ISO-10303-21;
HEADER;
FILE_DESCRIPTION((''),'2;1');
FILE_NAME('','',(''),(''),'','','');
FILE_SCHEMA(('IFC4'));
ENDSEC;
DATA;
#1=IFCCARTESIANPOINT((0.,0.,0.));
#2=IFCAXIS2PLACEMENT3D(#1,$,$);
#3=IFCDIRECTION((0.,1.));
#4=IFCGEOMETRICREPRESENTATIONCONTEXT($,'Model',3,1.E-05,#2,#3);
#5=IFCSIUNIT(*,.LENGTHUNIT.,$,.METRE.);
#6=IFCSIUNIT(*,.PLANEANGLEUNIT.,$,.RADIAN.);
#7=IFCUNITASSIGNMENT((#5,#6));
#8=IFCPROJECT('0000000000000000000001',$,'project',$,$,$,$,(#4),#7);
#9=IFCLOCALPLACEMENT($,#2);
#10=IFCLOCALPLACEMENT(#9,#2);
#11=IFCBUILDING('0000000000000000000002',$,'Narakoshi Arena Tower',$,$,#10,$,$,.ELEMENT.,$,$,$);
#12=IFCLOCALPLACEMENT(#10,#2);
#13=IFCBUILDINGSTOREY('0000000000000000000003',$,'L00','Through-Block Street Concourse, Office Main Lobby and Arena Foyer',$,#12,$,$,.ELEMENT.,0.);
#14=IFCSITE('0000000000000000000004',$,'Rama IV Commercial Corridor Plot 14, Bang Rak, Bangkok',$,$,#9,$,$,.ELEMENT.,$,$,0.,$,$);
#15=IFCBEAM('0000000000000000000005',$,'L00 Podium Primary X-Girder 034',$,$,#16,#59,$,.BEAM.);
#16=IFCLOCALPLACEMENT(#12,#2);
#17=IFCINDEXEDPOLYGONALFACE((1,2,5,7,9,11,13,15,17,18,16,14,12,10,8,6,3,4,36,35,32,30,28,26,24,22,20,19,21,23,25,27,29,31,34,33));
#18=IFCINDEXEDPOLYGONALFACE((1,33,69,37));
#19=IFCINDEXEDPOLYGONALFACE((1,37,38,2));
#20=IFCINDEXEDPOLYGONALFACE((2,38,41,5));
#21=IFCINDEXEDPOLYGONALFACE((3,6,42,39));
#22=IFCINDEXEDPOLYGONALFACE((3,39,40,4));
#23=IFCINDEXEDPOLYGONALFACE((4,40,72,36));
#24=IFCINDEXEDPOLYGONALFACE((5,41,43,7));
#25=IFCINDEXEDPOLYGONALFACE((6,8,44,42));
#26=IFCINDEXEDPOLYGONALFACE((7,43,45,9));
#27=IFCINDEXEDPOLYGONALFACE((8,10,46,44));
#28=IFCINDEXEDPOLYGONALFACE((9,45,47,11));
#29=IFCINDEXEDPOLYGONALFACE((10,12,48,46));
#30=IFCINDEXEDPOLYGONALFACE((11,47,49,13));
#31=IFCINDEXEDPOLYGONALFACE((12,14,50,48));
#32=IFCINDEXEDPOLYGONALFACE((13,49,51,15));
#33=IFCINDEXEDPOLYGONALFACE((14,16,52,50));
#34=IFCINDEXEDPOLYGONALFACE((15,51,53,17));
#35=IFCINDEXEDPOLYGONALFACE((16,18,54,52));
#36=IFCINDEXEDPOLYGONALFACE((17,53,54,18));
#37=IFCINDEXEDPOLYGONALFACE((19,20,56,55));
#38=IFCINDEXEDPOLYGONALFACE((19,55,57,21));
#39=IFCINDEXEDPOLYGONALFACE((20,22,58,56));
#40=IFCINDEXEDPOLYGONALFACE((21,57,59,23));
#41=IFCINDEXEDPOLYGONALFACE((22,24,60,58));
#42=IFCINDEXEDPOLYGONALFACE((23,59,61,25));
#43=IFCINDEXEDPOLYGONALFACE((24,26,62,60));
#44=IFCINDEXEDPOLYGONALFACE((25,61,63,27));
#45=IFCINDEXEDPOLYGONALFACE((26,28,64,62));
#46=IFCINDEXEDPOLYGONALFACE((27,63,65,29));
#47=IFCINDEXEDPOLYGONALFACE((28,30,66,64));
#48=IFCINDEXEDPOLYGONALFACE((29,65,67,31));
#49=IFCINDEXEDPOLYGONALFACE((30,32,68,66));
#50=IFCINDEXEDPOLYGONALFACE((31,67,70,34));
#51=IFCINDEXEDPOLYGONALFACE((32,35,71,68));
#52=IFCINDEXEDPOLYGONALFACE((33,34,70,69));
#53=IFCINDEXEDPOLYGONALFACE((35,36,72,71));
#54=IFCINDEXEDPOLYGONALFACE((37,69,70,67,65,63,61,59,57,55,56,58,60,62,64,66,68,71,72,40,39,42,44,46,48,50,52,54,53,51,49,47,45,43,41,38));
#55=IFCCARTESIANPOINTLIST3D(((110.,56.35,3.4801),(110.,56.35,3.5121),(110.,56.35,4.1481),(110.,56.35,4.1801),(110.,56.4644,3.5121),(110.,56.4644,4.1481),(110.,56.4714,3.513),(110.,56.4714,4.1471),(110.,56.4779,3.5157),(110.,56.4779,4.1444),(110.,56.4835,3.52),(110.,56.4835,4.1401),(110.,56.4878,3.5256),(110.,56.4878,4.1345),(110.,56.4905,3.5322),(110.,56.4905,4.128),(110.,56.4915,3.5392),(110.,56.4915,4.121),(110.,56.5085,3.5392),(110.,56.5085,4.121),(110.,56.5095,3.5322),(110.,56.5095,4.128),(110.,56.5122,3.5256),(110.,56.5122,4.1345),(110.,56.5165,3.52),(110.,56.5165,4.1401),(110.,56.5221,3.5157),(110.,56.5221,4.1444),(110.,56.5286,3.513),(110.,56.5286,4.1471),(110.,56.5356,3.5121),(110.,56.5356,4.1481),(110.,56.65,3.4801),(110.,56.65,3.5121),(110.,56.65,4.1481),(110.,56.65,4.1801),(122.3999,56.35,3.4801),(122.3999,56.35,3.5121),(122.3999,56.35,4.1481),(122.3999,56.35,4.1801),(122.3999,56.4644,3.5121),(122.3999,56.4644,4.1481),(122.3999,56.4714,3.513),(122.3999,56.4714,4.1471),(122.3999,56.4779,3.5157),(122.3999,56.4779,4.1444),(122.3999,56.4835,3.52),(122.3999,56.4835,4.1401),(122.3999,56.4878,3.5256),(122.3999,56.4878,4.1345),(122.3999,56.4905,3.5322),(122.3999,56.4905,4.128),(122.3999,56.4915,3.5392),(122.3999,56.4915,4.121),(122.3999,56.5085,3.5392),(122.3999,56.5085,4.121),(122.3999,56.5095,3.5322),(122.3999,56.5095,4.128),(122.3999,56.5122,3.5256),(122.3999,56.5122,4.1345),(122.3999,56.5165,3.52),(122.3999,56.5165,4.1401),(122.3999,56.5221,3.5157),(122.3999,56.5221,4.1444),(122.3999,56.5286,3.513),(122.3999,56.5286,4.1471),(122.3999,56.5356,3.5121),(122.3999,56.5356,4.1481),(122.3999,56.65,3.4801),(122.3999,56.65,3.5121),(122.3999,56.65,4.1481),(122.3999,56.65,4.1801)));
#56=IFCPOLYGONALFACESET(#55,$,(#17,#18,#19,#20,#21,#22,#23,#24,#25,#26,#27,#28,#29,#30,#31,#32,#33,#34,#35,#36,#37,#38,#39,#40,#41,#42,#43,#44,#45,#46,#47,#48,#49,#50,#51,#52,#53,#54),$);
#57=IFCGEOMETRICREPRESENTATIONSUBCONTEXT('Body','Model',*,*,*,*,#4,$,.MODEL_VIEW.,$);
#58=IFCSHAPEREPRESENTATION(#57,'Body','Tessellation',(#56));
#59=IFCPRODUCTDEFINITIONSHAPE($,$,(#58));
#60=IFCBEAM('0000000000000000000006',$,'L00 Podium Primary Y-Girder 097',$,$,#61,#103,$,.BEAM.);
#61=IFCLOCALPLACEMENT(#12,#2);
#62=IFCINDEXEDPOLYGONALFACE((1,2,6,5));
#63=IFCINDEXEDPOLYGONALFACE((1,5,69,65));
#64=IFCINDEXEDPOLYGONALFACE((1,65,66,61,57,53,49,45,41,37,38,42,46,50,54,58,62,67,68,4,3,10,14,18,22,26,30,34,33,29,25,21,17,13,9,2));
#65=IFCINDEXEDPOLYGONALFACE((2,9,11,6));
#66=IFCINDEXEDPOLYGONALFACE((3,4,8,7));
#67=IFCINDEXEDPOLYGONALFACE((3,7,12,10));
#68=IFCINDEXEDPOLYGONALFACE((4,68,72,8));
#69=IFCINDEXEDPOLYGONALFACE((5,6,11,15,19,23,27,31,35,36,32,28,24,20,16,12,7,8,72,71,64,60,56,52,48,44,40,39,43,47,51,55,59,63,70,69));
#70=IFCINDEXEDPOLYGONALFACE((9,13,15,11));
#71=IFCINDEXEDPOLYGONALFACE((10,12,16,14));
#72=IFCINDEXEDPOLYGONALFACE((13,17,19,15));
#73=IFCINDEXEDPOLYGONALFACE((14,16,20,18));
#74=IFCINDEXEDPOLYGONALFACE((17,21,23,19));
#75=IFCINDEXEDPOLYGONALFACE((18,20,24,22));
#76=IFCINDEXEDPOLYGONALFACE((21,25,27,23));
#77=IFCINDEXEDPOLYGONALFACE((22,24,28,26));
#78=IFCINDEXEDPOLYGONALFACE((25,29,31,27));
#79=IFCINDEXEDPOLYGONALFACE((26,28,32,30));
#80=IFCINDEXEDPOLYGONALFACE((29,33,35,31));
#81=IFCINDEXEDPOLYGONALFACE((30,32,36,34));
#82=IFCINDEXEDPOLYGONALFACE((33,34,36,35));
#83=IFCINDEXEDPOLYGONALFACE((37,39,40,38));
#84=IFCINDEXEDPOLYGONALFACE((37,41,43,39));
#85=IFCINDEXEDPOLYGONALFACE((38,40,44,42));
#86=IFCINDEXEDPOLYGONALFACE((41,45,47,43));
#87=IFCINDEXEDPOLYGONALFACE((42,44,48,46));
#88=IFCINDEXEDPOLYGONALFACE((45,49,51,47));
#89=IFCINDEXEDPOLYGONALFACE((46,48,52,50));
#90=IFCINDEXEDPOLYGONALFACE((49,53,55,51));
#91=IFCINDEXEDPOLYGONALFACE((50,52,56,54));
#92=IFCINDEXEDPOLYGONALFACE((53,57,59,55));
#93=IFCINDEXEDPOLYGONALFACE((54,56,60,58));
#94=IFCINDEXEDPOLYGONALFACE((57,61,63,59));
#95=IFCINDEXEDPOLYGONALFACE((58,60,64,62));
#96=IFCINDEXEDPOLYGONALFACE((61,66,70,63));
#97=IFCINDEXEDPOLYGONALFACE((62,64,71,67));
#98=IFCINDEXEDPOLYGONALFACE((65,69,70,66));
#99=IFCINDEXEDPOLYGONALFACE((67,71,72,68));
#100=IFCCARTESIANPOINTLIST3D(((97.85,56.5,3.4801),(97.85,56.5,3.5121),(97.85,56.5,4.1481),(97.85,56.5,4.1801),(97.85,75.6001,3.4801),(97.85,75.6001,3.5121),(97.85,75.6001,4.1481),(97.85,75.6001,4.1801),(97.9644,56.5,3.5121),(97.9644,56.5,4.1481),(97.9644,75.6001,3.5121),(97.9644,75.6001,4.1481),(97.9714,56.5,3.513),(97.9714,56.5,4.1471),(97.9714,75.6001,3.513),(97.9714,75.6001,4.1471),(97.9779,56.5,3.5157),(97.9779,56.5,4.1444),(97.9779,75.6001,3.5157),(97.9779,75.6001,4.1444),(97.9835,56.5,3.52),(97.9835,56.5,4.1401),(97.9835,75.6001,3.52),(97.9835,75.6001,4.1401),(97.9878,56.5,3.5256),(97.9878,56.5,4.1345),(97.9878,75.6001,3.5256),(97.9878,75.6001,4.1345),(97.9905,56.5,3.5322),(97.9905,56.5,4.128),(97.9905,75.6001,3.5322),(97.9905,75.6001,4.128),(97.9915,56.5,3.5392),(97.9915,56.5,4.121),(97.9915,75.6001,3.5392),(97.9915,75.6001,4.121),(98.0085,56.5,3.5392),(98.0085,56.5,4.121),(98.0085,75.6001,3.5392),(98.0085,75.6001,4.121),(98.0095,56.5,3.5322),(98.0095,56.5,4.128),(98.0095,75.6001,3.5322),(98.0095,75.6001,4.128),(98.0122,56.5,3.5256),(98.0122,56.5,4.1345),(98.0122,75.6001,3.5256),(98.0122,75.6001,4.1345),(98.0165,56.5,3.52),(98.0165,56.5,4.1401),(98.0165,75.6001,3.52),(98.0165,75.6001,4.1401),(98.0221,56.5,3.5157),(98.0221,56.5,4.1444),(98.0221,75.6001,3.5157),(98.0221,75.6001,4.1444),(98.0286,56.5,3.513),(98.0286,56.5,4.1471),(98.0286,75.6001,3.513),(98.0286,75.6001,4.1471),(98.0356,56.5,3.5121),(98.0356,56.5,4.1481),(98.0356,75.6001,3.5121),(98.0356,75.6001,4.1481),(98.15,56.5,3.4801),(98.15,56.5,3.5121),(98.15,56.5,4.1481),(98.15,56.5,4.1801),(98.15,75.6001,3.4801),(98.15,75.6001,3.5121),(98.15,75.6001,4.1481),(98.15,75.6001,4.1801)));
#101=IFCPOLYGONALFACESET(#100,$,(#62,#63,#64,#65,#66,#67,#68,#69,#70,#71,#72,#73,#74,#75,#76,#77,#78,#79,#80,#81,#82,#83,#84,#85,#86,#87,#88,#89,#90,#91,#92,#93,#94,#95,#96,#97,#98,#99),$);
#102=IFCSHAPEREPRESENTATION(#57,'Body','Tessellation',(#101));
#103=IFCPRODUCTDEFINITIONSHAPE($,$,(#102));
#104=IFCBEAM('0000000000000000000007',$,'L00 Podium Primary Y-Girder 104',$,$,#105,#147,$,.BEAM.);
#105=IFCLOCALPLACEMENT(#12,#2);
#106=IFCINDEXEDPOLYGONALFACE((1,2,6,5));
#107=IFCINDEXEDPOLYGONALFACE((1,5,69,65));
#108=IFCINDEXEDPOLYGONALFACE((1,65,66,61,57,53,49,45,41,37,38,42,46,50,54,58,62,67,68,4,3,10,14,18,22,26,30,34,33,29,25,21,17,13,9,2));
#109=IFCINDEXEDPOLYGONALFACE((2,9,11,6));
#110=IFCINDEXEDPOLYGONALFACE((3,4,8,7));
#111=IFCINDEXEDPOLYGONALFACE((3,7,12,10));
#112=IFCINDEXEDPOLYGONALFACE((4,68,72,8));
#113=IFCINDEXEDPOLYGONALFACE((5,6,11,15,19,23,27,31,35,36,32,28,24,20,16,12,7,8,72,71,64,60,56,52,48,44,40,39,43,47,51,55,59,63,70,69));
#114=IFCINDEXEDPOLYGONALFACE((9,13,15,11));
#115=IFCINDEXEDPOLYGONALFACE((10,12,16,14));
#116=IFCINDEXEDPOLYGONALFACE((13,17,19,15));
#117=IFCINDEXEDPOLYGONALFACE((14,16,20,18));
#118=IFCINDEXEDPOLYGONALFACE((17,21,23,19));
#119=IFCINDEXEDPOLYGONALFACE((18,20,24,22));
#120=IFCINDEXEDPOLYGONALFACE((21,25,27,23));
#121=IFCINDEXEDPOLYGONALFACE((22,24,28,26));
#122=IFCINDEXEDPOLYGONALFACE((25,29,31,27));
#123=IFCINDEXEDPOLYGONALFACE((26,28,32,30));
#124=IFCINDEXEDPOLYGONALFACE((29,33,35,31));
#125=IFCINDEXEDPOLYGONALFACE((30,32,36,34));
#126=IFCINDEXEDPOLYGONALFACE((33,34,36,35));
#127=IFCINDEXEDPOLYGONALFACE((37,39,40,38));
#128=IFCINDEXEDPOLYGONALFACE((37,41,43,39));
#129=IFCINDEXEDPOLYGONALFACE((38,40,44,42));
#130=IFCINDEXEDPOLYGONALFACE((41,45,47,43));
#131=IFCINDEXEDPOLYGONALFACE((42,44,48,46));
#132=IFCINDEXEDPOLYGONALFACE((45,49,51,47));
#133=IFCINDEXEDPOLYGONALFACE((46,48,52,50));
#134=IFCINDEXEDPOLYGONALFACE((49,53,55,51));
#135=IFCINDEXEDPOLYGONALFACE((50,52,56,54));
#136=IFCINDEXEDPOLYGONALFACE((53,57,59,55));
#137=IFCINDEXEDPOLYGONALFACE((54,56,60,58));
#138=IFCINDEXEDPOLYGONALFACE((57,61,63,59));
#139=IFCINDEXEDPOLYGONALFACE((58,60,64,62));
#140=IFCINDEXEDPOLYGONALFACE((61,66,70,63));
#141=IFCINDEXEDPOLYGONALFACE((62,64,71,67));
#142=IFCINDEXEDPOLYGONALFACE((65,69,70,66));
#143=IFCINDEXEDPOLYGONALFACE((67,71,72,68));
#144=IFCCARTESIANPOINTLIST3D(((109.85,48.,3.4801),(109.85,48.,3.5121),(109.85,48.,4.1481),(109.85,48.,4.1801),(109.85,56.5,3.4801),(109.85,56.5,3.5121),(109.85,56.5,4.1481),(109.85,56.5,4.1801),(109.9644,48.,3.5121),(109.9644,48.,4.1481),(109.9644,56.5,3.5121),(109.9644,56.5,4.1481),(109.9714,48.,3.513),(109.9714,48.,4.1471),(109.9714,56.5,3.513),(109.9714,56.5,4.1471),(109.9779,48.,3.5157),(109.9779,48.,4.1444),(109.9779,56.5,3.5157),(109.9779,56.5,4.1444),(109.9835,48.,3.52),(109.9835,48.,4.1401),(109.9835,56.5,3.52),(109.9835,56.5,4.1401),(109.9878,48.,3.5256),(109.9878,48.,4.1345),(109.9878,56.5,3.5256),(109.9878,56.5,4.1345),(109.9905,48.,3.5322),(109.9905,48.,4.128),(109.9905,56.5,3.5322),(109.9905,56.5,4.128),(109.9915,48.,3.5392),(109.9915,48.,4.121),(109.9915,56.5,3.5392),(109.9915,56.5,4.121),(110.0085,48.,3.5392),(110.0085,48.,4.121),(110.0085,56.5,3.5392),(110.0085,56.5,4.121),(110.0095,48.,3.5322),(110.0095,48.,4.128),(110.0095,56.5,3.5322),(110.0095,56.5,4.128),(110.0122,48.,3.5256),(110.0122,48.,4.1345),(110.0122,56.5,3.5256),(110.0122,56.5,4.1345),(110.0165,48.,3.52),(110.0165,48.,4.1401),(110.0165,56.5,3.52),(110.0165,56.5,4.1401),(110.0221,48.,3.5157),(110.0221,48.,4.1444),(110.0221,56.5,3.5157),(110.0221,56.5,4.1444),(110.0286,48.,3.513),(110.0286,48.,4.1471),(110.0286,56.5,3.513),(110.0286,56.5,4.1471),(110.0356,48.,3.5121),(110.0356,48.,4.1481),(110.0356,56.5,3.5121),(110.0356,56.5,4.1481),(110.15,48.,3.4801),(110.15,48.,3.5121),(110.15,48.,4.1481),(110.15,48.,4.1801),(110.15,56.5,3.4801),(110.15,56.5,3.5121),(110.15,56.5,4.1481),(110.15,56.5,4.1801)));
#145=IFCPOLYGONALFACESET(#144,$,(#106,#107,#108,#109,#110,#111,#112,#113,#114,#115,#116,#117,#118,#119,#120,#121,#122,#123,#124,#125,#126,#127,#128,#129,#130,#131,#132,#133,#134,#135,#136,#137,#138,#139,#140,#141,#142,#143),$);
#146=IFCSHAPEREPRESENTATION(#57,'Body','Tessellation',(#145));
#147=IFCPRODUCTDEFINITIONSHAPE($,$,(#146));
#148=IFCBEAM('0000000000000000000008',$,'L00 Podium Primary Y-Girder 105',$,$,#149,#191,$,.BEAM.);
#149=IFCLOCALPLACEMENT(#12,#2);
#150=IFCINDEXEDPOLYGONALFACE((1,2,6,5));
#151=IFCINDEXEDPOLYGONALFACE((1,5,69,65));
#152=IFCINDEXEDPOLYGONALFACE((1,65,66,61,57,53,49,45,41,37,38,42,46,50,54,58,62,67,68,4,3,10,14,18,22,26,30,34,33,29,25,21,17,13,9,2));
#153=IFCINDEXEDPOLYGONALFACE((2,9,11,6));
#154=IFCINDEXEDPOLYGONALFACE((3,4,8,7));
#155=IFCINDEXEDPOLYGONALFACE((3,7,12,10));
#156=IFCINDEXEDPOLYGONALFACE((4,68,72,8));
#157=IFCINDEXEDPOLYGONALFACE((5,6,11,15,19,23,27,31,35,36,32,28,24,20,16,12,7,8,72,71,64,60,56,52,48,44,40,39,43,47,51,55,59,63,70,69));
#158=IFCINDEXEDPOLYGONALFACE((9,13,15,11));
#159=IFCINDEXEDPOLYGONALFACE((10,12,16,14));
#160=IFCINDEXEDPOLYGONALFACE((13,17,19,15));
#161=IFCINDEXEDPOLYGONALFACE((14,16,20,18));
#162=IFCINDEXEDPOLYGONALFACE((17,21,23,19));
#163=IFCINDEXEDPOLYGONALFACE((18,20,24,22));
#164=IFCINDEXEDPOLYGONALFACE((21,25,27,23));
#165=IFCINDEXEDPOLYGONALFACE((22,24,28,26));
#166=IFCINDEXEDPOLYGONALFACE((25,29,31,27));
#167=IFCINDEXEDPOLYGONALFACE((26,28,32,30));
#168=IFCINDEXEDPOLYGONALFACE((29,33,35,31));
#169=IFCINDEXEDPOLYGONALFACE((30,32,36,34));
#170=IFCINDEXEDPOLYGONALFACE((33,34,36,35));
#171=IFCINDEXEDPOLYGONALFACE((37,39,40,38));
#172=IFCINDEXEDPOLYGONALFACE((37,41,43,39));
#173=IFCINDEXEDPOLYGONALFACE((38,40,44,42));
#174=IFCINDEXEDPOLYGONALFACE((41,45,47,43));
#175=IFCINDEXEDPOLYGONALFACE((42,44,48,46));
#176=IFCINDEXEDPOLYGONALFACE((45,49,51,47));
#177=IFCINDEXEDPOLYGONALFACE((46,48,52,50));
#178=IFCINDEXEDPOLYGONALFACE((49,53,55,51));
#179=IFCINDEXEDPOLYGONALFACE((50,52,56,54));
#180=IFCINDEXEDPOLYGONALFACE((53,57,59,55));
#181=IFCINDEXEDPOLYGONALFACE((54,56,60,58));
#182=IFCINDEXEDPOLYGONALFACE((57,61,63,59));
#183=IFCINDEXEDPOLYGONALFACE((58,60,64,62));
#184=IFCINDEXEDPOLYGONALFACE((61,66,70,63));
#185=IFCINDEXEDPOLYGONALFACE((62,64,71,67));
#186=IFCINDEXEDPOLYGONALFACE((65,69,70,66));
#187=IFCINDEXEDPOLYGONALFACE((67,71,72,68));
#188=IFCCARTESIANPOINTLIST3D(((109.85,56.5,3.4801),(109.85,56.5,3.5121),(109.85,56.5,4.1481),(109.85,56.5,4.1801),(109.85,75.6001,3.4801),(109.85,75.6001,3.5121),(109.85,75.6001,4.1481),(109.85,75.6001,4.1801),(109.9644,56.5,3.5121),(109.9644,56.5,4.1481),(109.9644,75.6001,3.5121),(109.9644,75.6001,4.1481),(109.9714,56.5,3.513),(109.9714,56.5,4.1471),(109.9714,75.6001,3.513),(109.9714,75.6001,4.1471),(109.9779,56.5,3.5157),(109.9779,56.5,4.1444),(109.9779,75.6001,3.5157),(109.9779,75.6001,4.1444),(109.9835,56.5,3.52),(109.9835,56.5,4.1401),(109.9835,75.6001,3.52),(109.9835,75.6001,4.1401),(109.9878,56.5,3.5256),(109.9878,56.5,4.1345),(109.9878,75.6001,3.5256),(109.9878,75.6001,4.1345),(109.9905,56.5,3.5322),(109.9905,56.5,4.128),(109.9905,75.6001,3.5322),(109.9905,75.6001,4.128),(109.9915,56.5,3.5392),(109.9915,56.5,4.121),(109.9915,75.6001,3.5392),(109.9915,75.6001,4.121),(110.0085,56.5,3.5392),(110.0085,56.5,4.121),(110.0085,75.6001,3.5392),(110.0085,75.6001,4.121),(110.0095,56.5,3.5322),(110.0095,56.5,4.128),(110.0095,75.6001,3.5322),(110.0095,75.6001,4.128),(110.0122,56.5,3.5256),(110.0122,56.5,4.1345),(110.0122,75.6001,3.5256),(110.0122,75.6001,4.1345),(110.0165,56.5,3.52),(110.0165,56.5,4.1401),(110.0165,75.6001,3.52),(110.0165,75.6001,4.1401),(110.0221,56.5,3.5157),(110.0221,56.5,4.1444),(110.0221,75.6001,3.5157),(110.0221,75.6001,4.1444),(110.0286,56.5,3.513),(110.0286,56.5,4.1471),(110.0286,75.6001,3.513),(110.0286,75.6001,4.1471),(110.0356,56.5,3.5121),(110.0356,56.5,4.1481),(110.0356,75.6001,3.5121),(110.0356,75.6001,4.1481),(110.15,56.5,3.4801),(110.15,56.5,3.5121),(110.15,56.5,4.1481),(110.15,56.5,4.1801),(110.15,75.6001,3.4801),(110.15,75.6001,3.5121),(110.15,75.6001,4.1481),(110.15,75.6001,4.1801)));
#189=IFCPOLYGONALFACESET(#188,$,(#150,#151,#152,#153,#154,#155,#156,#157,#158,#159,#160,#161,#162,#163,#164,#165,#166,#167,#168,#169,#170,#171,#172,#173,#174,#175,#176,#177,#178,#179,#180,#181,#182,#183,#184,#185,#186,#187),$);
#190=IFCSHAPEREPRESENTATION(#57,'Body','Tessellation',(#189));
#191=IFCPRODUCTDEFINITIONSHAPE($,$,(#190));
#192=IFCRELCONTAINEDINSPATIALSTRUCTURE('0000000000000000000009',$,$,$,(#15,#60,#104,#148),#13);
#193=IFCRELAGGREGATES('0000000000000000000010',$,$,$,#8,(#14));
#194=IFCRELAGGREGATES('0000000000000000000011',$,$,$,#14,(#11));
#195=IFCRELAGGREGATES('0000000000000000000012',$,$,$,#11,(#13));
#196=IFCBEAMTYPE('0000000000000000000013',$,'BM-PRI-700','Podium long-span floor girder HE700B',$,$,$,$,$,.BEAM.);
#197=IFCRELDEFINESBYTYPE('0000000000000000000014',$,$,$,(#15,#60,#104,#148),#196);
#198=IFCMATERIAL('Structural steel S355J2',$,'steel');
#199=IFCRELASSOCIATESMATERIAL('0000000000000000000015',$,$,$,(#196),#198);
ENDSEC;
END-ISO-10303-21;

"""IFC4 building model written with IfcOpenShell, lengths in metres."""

from ifc_helpers import new_model, si_unit, direction, frame, origin, origin_2d, place, context, subcontext, project, spatial, i_section, extrude, material, material_profile, profile_set, type_object, element, save


model = new_model("IFC4")

# Units and contexts
model_context = context("Model", 3, precision=1e-05, world=origin(), true_north=direction((0.0, 1.0)))
body_context = subcontext(model_context, "Body", "Model", "MODEL_VIEW")
ifc_project = project(units=[si_unit("LENGTHUNIT", "METRE"), si_unit("PLANEANGLEUNIT", "RADIAN")], contexts=[model_context])

# Site, building, storey
site_placement = place(None, origin())
site = spatial("IfcSite", under=ifc_project, at=site_placement, Name="Rama IV Commercial Corridor Plot 14, Bang Rak, Bangkok", CompositionType="ELEMENT", RefElevation=0.0)
building_placement = place(site_placement, origin())
building = spatial("IfcBuilding", under=site, at=building_placement, Name="Narakoshi Arena Tower", CompositionType="ELEMENT")
storey_placement = place(building_placement, origin())
storey = spatial("IfcBuildingStorey", under=building, at=storey_placement, Name="L00", Description="Through-Block Street Concourse, Office Main Lobby and Arena Foyer", CompositionType="ELEMENT", Elevation=0.0)

# Beams
ifc_material_1 = material(Name="Structural steel S355J2", Category="steel")
ifc_material_profile_1 = material_profile(ifc_material_1, i_section(OverallWidth=0.3, OverallDepth=0.7, WebThickness=0.0171, FlangeThickness=0.032, FilletRadius=0.0271, at=origin_2d()), Name="HE700B")
ifc_profile_set_1 = profile_set([ifc_material_profile_1], Name="Structural steel S355J2")
beam_type_1 = type_object("IfcBeamType", Name="BM-PRI-700", Description="Podium long-span floor girder HE700B", PredefinedType="BEAM", material=ifc_profile_set_1)
beam_1_placement = place(storey_placement, frame((110.0, 56.5, 3.8301), z_axis=(1.0, 0.0, 0.0), x_axis=(0.0, 1.0, 0.0)))
element("IfcBeam", 1, at=beam_1_placement, inside=storey, type_object=beam_type_1, Name="L00 Podium Primary X-Girder 034", PredefinedType="BEAM", context=body_context, shape_type="SweptSolid", body=[
    extrude(i_section(OverallWidth=0.3, OverallDepth=0.7, WebThickness=0.0171, FlangeThickness=0.032, FilletRadius=0.0271, at=origin_2d()), origin(), (0.0, 0.0, 1.0), 12.3999),
])
beam_2_placement = place(storey_placement, frame((98.0, 56.5, 3.8301), z_axis=(0.0, 1.0, 0.0), x_axis=(-1.0, 0.0, 0.0)))
element("IfcBeam", 2, at=beam_2_placement, inside=storey, type_object=beam_type_1, Name="L00 Podium Primary Y-Girder 097", PredefinedType="BEAM", context=body_context, shape_type="SweptSolid", body=[
    extrude(i_section(OverallWidth=0.3, OverallDepth=0.7, WebThickness=0.0171, FlangeThickness=0.032, FilletRadius=0.0271, at=origin_2d()), origin(), (0.0, 0.0, 1.0), 19.1001),
])
beam_3_placement = place(storey_placement, frame((110.0, 48.0, 3.8301), z_axis=(0.0, 1.0, 0.0), x_axis=(-1.0, 0.0, 0.0)))
element("IfcBeam", 3, at=beam_3_placement, inside=storey, type_object=beam_type_1, Name="L00 Podium Primary Y-Girder 104", PredefinedType="BEAM", context=body_context, shape_type="SweptSolid", body=[
    extrude(i_section(OverallWidth=0.3, OverallDepth=0.7, WebThickness=0.0171, FlangeThickness=0.032, FilletRadius=0.0271, at=origin_2d()), origin(), (0.0, 0.0, 1.0), 8.5),
])
beam_4_placement = place(storey_placement, frame((110.0, 56.5, 3.8301), z_axis=(0.0, 1.0, 0.0), x_axis=(-1.0, 0.0, 0.0)))
element("IfcBeam", 4, at=beam_4_placement, inside=storey, type_object=beam_type_1, Name="L00 Podium Primary Y-Girder 105", PredefinedType="BEAM", context=body_context, shape_type="SweptSolid", body=[
    extrude(i_section(OverallWidth=0.3, OverallDepth=0.7, WebThickness=0.0171, FlangeThickness=0.032, FilletRadius=0.0271, at=origin_2d()), origin(), (0.0, 0.0, 1.0), 19.1001),
])

save(model, "model.ifc")
